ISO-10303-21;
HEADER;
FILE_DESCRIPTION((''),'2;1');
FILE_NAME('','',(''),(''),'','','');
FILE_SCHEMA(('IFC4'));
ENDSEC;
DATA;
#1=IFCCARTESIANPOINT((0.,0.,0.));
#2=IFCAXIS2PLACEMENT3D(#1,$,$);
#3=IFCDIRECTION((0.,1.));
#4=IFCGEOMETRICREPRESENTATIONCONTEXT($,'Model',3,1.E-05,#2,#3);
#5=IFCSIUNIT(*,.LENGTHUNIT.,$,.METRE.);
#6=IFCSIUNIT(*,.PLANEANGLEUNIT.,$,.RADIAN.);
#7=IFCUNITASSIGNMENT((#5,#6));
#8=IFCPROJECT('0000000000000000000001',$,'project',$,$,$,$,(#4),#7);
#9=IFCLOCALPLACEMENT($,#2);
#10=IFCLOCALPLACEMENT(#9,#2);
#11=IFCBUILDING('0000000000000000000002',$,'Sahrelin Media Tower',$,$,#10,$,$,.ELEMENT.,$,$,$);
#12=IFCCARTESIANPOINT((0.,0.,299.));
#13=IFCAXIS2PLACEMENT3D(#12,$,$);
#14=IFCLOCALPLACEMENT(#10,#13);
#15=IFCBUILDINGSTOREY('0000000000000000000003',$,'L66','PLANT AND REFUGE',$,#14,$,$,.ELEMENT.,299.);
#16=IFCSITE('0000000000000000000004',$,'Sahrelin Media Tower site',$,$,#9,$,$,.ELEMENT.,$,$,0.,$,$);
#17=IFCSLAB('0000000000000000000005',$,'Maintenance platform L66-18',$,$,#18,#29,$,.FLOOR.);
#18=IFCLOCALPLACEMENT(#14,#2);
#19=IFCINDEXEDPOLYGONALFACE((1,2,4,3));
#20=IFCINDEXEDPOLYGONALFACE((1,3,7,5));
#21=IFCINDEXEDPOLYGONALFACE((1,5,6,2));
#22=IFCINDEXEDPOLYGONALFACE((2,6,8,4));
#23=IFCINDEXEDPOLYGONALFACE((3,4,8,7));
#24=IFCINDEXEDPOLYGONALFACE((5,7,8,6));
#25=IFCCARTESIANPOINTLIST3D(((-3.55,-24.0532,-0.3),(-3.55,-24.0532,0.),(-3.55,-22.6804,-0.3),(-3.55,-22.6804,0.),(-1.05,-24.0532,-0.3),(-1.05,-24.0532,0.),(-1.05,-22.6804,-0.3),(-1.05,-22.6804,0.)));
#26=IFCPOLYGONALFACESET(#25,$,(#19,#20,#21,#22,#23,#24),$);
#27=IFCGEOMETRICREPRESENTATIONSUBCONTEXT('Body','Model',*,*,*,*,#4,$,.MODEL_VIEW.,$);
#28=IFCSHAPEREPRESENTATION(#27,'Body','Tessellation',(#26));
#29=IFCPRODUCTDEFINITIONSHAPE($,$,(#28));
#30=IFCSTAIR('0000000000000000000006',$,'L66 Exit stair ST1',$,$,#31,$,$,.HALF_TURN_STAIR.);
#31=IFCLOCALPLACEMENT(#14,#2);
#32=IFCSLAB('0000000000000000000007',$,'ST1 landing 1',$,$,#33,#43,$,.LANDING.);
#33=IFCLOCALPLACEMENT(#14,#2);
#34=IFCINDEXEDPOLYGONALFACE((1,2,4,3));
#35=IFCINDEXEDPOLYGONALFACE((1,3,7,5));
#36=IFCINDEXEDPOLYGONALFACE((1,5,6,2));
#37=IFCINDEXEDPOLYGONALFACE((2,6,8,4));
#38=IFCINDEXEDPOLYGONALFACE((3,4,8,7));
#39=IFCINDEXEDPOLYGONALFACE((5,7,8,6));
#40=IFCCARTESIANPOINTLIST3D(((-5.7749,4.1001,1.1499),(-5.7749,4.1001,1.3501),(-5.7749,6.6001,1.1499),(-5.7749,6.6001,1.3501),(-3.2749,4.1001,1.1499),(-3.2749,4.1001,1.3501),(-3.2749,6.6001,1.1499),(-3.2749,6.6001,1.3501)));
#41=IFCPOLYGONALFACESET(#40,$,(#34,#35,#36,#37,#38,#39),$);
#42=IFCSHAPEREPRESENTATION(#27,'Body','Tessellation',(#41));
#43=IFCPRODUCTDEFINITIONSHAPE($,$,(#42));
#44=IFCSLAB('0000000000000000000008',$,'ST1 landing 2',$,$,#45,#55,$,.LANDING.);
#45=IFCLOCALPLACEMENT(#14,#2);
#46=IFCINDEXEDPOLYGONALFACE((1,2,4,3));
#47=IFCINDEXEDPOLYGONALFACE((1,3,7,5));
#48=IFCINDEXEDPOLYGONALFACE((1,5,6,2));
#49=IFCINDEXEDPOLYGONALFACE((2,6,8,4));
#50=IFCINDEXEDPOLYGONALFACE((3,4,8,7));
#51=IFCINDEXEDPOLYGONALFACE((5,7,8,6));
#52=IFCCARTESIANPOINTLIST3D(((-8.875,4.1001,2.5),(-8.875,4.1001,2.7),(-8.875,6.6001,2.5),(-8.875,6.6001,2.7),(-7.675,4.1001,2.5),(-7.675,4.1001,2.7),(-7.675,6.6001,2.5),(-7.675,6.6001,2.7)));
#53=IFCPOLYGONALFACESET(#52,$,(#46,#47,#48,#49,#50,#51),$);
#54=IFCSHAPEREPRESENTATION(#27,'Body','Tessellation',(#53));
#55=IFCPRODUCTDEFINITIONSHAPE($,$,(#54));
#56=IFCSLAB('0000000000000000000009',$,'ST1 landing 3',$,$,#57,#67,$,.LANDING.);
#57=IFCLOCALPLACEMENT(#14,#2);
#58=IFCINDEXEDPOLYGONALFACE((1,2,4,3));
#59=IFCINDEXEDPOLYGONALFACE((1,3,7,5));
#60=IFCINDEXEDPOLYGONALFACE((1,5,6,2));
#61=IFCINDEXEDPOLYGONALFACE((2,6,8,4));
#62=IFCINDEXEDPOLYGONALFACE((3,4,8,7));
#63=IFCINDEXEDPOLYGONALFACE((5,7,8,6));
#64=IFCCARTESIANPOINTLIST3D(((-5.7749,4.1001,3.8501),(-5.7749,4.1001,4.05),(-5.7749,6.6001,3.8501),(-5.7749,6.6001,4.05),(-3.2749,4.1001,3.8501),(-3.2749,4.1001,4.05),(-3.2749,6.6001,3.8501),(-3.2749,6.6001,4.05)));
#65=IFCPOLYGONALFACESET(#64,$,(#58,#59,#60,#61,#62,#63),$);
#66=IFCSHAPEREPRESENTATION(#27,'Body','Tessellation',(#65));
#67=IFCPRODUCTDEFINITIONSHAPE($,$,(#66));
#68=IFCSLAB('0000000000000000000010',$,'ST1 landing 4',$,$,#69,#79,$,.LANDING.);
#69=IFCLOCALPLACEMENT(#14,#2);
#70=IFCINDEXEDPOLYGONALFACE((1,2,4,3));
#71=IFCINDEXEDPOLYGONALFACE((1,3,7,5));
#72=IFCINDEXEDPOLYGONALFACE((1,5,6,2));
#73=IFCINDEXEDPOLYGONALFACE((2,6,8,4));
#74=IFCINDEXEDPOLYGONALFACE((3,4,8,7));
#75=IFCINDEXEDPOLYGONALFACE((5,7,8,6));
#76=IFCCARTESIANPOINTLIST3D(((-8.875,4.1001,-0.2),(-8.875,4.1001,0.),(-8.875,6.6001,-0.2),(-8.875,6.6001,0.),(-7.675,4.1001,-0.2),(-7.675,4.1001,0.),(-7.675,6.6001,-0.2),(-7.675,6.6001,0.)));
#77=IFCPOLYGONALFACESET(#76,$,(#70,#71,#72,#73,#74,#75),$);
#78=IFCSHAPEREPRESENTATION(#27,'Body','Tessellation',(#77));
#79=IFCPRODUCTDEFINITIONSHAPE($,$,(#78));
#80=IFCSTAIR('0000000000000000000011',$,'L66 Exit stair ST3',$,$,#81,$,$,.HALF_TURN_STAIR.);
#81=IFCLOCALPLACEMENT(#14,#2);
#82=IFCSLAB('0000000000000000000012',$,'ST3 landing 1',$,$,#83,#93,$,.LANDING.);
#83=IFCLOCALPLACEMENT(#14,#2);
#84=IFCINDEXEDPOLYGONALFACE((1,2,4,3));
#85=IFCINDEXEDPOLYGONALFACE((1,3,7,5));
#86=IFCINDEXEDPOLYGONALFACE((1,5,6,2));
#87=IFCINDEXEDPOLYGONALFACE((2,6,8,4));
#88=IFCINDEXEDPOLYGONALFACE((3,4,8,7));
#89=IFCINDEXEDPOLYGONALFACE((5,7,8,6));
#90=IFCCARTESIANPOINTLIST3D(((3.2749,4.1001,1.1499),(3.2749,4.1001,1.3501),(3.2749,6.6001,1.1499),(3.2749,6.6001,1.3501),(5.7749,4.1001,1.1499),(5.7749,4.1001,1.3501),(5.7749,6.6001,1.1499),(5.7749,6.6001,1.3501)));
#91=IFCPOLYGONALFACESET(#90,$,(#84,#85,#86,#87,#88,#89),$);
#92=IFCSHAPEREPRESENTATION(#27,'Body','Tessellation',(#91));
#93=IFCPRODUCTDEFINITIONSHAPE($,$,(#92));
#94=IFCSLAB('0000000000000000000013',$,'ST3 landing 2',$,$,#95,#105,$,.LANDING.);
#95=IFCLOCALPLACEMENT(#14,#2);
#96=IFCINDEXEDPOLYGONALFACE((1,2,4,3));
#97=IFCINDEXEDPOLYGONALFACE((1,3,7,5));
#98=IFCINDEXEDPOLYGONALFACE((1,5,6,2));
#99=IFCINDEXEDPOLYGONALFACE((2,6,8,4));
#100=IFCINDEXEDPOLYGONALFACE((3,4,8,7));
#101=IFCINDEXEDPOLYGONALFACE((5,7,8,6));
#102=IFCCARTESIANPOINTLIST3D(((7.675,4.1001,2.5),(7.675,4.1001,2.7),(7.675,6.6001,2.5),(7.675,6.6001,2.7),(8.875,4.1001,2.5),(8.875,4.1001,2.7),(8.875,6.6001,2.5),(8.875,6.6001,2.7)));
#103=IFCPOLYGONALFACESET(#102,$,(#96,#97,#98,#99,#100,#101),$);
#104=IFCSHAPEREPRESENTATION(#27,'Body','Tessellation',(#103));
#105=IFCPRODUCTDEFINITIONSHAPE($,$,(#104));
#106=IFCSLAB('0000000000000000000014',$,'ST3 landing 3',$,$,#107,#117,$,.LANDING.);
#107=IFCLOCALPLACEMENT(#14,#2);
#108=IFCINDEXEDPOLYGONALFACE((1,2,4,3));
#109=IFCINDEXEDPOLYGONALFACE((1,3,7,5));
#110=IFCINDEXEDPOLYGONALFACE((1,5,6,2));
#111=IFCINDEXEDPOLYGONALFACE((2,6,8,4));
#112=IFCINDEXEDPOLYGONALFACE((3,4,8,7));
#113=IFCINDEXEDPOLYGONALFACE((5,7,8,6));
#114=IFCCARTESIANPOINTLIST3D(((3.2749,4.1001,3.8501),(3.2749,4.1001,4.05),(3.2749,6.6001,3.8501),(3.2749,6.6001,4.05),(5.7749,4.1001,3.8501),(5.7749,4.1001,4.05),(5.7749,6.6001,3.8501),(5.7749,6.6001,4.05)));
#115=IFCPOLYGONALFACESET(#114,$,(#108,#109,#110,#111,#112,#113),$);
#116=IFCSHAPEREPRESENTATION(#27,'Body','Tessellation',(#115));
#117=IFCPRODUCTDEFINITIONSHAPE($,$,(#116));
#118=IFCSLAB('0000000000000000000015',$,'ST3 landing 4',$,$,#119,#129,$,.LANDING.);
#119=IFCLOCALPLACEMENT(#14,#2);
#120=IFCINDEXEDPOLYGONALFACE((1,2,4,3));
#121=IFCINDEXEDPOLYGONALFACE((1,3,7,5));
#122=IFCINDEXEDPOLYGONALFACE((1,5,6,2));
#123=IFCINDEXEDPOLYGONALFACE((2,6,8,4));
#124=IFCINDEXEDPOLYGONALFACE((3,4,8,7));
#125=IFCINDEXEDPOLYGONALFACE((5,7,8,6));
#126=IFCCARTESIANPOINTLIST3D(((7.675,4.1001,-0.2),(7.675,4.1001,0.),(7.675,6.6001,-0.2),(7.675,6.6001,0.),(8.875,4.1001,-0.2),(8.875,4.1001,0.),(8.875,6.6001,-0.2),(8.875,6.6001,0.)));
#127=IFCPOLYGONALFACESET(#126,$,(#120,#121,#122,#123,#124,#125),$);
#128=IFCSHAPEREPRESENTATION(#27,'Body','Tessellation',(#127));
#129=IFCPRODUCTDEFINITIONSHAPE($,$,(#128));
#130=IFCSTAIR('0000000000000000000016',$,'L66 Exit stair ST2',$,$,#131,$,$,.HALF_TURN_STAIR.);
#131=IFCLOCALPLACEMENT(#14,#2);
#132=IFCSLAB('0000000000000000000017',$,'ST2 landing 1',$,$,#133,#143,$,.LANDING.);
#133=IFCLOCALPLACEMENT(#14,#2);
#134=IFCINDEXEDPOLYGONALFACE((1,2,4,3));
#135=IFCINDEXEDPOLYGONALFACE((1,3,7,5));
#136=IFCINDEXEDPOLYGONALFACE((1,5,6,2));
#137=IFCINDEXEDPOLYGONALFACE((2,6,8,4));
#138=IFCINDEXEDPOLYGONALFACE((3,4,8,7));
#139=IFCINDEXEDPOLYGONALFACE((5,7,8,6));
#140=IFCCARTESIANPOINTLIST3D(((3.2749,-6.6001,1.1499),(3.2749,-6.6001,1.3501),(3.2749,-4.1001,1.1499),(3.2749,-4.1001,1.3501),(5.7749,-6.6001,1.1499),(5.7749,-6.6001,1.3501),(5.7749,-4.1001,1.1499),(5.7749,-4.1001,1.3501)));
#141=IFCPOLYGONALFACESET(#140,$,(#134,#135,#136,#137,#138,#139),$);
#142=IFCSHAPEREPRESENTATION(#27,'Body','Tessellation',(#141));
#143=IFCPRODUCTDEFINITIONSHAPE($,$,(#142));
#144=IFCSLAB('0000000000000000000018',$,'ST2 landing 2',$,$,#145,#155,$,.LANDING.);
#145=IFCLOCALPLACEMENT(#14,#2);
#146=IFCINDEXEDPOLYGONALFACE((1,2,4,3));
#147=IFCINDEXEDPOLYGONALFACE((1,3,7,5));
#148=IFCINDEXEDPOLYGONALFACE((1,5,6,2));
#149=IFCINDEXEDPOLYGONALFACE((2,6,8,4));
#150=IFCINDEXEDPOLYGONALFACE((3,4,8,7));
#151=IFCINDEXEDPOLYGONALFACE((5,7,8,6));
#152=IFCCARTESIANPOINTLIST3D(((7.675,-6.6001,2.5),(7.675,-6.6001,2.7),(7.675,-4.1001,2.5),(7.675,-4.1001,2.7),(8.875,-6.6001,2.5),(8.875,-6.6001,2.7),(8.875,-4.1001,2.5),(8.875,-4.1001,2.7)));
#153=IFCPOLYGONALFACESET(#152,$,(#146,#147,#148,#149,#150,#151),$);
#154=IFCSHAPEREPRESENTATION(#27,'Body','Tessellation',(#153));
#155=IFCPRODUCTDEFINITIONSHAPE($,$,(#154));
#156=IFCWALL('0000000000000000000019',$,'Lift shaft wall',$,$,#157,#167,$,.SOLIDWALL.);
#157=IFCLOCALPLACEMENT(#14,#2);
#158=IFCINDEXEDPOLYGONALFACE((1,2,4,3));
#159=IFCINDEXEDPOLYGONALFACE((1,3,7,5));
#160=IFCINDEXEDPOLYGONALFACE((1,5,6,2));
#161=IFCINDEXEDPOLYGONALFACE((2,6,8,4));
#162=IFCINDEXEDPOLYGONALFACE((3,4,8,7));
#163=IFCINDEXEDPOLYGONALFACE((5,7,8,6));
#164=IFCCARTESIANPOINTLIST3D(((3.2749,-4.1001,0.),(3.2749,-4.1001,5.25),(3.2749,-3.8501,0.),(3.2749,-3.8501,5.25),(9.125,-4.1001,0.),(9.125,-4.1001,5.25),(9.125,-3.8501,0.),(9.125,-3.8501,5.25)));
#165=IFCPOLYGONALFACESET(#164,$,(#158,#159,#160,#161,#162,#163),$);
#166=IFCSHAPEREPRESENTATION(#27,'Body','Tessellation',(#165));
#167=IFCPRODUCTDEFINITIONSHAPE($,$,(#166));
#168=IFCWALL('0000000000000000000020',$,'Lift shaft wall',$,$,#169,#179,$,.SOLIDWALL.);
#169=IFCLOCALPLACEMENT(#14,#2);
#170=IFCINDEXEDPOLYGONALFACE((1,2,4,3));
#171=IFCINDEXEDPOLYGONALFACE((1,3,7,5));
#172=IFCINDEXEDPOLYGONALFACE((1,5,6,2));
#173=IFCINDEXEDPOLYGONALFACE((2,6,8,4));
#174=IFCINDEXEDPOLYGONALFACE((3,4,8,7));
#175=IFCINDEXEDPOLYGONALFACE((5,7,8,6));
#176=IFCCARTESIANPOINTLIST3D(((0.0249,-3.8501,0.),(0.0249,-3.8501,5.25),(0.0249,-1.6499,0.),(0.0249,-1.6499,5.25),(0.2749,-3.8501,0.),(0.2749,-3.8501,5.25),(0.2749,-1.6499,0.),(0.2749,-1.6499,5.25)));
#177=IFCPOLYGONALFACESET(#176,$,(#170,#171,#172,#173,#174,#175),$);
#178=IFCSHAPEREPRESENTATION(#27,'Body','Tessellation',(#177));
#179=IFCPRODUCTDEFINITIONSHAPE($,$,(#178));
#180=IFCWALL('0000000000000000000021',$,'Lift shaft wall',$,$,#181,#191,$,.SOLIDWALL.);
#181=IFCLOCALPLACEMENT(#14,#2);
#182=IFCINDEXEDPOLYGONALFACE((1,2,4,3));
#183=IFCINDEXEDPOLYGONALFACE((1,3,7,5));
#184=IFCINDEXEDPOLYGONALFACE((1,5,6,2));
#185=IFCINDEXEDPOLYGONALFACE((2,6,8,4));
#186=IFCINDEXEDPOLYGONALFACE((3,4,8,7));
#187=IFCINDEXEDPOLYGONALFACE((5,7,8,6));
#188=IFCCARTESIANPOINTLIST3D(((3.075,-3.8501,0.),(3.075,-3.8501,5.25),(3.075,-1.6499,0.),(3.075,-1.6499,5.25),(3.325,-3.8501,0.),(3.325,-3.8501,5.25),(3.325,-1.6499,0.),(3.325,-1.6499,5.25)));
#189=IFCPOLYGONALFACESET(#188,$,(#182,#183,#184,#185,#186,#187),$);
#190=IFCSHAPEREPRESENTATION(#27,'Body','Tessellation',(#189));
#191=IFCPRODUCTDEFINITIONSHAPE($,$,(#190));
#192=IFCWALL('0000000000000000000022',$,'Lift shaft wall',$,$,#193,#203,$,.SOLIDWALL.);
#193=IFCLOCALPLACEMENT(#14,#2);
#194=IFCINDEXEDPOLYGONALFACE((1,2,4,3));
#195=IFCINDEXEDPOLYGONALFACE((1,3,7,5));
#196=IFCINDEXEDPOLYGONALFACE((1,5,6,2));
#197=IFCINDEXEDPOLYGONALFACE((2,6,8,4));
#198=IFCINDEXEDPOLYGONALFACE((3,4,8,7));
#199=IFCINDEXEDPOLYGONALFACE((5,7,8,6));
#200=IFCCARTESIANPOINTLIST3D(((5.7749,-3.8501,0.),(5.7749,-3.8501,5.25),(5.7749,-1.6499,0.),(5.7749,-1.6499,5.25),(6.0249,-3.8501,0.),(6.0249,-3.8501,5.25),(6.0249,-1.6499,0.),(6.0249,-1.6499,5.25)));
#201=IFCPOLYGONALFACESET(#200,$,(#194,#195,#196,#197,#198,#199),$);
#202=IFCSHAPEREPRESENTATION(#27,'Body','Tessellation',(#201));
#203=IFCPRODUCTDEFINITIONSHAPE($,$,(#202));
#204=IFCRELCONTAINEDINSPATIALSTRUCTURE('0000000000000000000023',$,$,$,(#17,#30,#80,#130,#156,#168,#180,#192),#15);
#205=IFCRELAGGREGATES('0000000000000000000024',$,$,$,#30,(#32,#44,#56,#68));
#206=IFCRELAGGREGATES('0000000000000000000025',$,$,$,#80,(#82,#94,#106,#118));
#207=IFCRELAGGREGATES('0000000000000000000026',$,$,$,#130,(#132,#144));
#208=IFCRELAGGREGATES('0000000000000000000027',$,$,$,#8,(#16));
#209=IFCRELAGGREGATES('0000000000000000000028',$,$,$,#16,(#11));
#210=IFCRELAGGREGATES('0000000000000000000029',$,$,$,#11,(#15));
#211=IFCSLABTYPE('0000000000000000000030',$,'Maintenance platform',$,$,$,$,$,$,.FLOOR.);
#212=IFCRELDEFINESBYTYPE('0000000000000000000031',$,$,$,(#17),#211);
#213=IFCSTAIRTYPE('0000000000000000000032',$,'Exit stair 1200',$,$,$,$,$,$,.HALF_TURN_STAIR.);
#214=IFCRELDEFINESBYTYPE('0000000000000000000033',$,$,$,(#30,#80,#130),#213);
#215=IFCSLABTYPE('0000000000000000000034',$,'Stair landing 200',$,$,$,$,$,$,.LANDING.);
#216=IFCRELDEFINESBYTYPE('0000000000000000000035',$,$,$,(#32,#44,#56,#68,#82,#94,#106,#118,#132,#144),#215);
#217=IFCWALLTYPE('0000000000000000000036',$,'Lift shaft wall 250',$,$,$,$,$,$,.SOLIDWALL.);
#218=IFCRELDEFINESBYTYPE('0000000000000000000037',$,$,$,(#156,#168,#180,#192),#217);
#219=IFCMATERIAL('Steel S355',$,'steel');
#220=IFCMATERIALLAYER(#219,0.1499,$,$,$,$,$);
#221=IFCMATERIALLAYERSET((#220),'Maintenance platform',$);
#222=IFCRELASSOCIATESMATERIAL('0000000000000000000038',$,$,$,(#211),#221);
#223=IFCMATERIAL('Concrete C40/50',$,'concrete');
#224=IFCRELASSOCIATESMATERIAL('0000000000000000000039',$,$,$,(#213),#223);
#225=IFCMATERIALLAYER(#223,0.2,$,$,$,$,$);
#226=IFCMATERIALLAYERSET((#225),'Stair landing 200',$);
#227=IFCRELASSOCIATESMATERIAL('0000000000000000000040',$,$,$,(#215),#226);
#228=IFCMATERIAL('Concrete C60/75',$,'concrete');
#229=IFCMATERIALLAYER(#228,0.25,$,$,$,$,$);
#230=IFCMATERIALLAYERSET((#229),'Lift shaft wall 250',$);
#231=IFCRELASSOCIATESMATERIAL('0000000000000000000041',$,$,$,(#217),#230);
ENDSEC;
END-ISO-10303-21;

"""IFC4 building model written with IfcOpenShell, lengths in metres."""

from ifc_helpers import new_model, si_unit, direction, frame, frame_2d, origin, place, context, subcontext, project, spatial, polyline, rectangle, outline, extrude, material, layer, layer_set, type_object, element, aggregate, save


model = new_model("IFC4")

# Units and contexts
model_context = context("Model", 3, precision=1e-05, world=origin(), true_north=direction((0.0, 1.0)))
body_context = subcontext(model_context, "Body", "Model", "MODEL_VIEW")
ifc_project = project(units=[si_unit("LENGTHUNIT", "METRE"), si_unit("PLANEANGLEUNIT", "RADIAN")], contexts=[model_context])

# Site, building, storey
site_placement = place(None, origin())
site = spatial("IfcSite", under=ifc_project, at=site_placement, Name="Sahrelin Media Tower site", CompositionType="ELEMENT", RefElevation=0.0)
building_placement = place(site_placement, origin())
building = spatial("IfcBuilding", under=site, at=building_placement, Name="Sahrelin Media Tower", CompositionType="ELEMENT")
storey_placement = place(building_placement, frame((0.0, 0.0, 299.0)))
storey = spatial("IfcBuildingStorey", under=building, at=storey_placement, Name="L66", Description="PLANT AND REFUGE", CompositionType="ELEMENT", Elevation=299.0)

# Slab
ifc_material_1 = material(Name="Steel S355", Category="steel")
ifc_layer_1 = layer(ifc_material_1, 0.1499)
ifc_layer_set_1 = layer_set([ifc_layer_1], Name="Maintenance platform")
slab_type_1 = type_object("IfcSlabType", Name="Maintenance platform", PredefinedType="FLOOR", material=ifc_layer_set_1)
slab_1_placement = place(storey_placement, frame((0.0, 0.0, -0.3)))
element("IfcSlab", 1, at=slab_1_placement, inside=storey, type_object=slab_type_1, Name="Maintenance platform L66-18", PredefinedType="FLOOR", context=body_context, shape_type="SweptSolid", body=[
    extrude(outline(polyline([(-3.55, -22.6804), (-1.05, -22.6804), (-1.05, -24.0532), (-3.55, -24.0532), (-3.55, -22.6804)])), origin(), (0.0, 0.0, 1.0), 0.3),
])

# Stairs, slabs
ifc_material_2 = material(Name="Concrete C40/50", Category="concrete")
stair_type = type_object("IfcStairType", Name="Exit stair 1200", PredefinedType="HALF_TURN_STAIR", material=ifc_material_2)
placement_1 = place(storey_placement, origin())
stair_1 = element("IfcStair", 2, at=placement_1, inside=storey, type_object=stair_type, Name="L66 Exit stair ST1", PredefinedType="HALF_TURN_STAIR")
ifc_layer_2 = layer(ifc_material_2, 0.2)
ifc_layer_set_2 = layer_set([ifc_layer_2], Name="Stair landing 200")
slab_type_2 = type_object("IfcSlabType", Name="Stair landing 200", PredefinedType="LANDING", material=ifc_layer_set_2)
placement_2 = place(storey_placement, frame((0.0, 0.0, 1.1499)))
slab_2 = element("IfcSlab", 3, at=placement_2, type_object=slab_type_2, Name="ST1 landing 1", PredefinedType="LANDING", context=body_context, shape_type="SweptSolid", body=[
    extrude(outline(polyline([(-5.7749, 4.1001), (-3.2749, 4.1001), (-3.2749, 6.6001), (-5.7749, 6.6001), (-5.7749, 4.1001)])), origin(), (0.0, 0.0, 1.0), 0.2002),
])
placement_3 = place(storey_placement, frame((0.0, 0.0, 2.5)))
slab_3 = element("IfcSlab", 4, at=placement_3, type_object=slab_type_2, Name="ST1 landing 2", PredefinedType="LANDING", context=body_context, shape_type="SweptSolid", body=[
    extrude(outline(polyline([(-8.875, 4.1001), (-7.675, 4.1001), (-7.675, 6.6001), (-8.875, 6.6001), (-8.875, 4.1001)])), origin(), (0.0, 0.0, 1.0), 0.2),
])
placement_4 = place(storey_placement, frame((0.0, 0.0, 3.8501)))
slab_4 = element("IfcSlab", 5, at=placement_4, type_object=slab_type_2, Name="ST1 landing 3", PredefinedType="LANDING", context=body_context, shape_type="SweptSolid", body=[
    extrude(outline(polyline([(-5.7749, 4.1001), (-3.2749, 4.1001), (-3.2749, 6.6001), (-5.7749, 6.6001), (-5.7749, 4.1001)])), origin(), (0.0, 0.0, 1.0), 0.2),
])
placement_5 = place(storey_placement, frame((0.0, 0.0, -0.2)))
slab_5 = element("IfcSlab", 6, at=placement_5, type_object=slab_type_2, Name="ST1 landing 4", PredefinedType="LANDING", context=body_context, shape_type="SweptSolid", body=[
    extrude(outline(polyline([(-8.875, 4.1001), (-7.675, 4.1001), (-7.675, 6.6001), (-8.875, 6.6001), (-8.875, 4.1001)])), origin(), (0.0, 0.0, 1.0), 0.2),
])
aggregate(stair_1, [slab_2, slab_3, slab_4, slab_5])
stair_2 = element("IfcStair", 7, at=placement_1, inside=storey, type_object=stair_type, Name="L66 Exit stair ST3", PredefinedType="HALF_TURN_STAIR")
slab_6 = element("IfcSlab", 8, at=placement_2, type_object=slab_type_2, Name="ST3 landing 1", PredefinedType="LANDING", context=body_context, shape_type="SweptSolid", body=[
    extrude(outline(polyline([(5.7749, 6.6001), (3.2749, 6.6001), (3.2749, 4.1001), (5.7749, 4.1001), (5.7749, 6.6001)])), origin(), (0.0, 0.0, 1.0), 0.2002),
])
slab_7 = element("IfcSlab", 9, at=placement_3, type_object=slab_type_2, Name="ST3 landing 2", PredefinedType="LANDING", context=body_context, shape_type="SweptSolid", body=[
    extrude(outline(polyline([(8.875, 6.6001), (7.675, 6.6001), (7.675, 4.1001), (8.875, 4.1001), (8.875, 6.6001)])), origin(), (0.0, 0.0, 1.0), 0.2),
])
slab_8 = element("IfcSlab", 10, at=placement_4, type_object=slab_type_2, Name="ST3 landing 3", PredefinedType="LANDING", context=body_context, shape_type="SweptSolid", body=[
    extrude(outline(polyline([(5.7749, 6.6001), (3.2749, 6.6001), (3.2749, 4.1001), (5.7749, 4.1001), (5.7749, 6.6001)])), origin(), (0.0, 0.0, 1.0), 0.2),
])
slab_9 = element("IfcSlab", 11, at=placement_5, type_object=slab_type_2, Name="ST3 landing 4", PredefinedType="LANDING", context=body_context, shape_type="SweptSolid", body=[
    extrude(outline(polyline([(8.875, 6.6001), (7.675, 6.6001), (7.675, 4.1001), (8.875, 4.1001), (8.875, 6.6001)])), origin(), (0.0, 0.0, 1.0), 0.2),
])
aggregate(stair_2, [slab_6, slab_7, slab_8, slab_9])
stair_3 = element("IfcStair", 12, at=placement_1, inside=storey, type_object=stair_type, Name="L66 Exit stair ST2", PredefinedType="HALF_TURN_STAIR")
slab_10 = element("IfcSlab", 13, at=placement_2, type_object=slab_type_2, Name="ST2 landing 1", PredefinedType="LANDING", context=body_context, shape_type="SweptSolid", body=[
    extrude(outline(polyline([(5.7749, -4.1001), (3.2749, -4.1001), (3.2749, -6.6001), (5.7749, -6.6001), (5.7749, -4.1001)])), origin(), (0.0, 0.0, 1.0), 0.2002),
])
slab_11 = element("IfcSlab", 14, at=placement_3, type_object=slab_type_2, Name="ST2 landing 2", PredefinedType="LANDING", context=body_context, shape_type="SweptSolid", body=[
    extrude(outline(polyline([(8.875, -4.1001), (7.675, -4.1001), (7.675, -6.6001), (8.875, -6.6001), (8.875, -4.1001)])), origin(), (0.0, 0.0, 1.0), 0.2),
])
aggregate(stair_3, [slab_10, slab_11])

# Walls
ifc_material_3 = material(Name="Concrete C60/75", Category="concrete")
ifc_layer_3 = layer(ifc_material_3, 0.25)
ifc_layer_set_3 = layer_set([ifc_layer_3], Name="Lift shaft wall 250")
wall_type = type_object("IfcWallType", Name="Lift shaft wall 250", PredefinedType="SOLIDWALL", material=ifc_layer_set_3)
wall_placement = place(storey_placement, frame((3.2749, -3.9751, 0.0), z_axis=(0.0, 0.0, 1.0), x_axis=(1.0, 0.0, 0.0)))
element("IfcWall", 15, at=wall_placement, inside=storey, type_object=wall_type, Name="Lift shaft wall", PredefinedType="SOLIDWALL", context=body_context, shape_type="SweptSolid", body=[
    extrude(rectangle(XDim=5.8501, YDim=0.25, at=frame_2d((2.925, 0.0))), origin(), (0.0, 0.0, 1.0), 5.25),
])
for number, where, z_axis, x_axis, name in (
    (16, (0.1499, -3.8501, 0.0), (0.0, 0.0, 1.0), (0.0, 1.0, 0.0), "Lift shaft wall"),
    (17, (3.2, -3.8501, 0.0), (0.0, 0.0, 1.0), (0.0, 1.0, 0.0), "Lift shaft wall"),
    (18, (5.8999, -3.8501, 0.0), (0.0, 0.0, 1.0), (0.0, 1.0, 0.0), "Lift shaft wall"),
):
    element("IfcWall", number, at=place(storey_placement, frame(where, z_axis=z_axis, x_axis=x_axis)), inside=storey, type_object=wall_type, Name=name, PredefinedType="SOLIDWALL", context=body_context, shape_type="SweptSolid", body=[
        extrude(rectangle(XDim=2.2002, YDim=0.25, at=frame_2d((1.1001, 0.0))), origin(), (0.0, 0.0, 1.0), 5.25),
    ])

save(model, "model.ifc")
